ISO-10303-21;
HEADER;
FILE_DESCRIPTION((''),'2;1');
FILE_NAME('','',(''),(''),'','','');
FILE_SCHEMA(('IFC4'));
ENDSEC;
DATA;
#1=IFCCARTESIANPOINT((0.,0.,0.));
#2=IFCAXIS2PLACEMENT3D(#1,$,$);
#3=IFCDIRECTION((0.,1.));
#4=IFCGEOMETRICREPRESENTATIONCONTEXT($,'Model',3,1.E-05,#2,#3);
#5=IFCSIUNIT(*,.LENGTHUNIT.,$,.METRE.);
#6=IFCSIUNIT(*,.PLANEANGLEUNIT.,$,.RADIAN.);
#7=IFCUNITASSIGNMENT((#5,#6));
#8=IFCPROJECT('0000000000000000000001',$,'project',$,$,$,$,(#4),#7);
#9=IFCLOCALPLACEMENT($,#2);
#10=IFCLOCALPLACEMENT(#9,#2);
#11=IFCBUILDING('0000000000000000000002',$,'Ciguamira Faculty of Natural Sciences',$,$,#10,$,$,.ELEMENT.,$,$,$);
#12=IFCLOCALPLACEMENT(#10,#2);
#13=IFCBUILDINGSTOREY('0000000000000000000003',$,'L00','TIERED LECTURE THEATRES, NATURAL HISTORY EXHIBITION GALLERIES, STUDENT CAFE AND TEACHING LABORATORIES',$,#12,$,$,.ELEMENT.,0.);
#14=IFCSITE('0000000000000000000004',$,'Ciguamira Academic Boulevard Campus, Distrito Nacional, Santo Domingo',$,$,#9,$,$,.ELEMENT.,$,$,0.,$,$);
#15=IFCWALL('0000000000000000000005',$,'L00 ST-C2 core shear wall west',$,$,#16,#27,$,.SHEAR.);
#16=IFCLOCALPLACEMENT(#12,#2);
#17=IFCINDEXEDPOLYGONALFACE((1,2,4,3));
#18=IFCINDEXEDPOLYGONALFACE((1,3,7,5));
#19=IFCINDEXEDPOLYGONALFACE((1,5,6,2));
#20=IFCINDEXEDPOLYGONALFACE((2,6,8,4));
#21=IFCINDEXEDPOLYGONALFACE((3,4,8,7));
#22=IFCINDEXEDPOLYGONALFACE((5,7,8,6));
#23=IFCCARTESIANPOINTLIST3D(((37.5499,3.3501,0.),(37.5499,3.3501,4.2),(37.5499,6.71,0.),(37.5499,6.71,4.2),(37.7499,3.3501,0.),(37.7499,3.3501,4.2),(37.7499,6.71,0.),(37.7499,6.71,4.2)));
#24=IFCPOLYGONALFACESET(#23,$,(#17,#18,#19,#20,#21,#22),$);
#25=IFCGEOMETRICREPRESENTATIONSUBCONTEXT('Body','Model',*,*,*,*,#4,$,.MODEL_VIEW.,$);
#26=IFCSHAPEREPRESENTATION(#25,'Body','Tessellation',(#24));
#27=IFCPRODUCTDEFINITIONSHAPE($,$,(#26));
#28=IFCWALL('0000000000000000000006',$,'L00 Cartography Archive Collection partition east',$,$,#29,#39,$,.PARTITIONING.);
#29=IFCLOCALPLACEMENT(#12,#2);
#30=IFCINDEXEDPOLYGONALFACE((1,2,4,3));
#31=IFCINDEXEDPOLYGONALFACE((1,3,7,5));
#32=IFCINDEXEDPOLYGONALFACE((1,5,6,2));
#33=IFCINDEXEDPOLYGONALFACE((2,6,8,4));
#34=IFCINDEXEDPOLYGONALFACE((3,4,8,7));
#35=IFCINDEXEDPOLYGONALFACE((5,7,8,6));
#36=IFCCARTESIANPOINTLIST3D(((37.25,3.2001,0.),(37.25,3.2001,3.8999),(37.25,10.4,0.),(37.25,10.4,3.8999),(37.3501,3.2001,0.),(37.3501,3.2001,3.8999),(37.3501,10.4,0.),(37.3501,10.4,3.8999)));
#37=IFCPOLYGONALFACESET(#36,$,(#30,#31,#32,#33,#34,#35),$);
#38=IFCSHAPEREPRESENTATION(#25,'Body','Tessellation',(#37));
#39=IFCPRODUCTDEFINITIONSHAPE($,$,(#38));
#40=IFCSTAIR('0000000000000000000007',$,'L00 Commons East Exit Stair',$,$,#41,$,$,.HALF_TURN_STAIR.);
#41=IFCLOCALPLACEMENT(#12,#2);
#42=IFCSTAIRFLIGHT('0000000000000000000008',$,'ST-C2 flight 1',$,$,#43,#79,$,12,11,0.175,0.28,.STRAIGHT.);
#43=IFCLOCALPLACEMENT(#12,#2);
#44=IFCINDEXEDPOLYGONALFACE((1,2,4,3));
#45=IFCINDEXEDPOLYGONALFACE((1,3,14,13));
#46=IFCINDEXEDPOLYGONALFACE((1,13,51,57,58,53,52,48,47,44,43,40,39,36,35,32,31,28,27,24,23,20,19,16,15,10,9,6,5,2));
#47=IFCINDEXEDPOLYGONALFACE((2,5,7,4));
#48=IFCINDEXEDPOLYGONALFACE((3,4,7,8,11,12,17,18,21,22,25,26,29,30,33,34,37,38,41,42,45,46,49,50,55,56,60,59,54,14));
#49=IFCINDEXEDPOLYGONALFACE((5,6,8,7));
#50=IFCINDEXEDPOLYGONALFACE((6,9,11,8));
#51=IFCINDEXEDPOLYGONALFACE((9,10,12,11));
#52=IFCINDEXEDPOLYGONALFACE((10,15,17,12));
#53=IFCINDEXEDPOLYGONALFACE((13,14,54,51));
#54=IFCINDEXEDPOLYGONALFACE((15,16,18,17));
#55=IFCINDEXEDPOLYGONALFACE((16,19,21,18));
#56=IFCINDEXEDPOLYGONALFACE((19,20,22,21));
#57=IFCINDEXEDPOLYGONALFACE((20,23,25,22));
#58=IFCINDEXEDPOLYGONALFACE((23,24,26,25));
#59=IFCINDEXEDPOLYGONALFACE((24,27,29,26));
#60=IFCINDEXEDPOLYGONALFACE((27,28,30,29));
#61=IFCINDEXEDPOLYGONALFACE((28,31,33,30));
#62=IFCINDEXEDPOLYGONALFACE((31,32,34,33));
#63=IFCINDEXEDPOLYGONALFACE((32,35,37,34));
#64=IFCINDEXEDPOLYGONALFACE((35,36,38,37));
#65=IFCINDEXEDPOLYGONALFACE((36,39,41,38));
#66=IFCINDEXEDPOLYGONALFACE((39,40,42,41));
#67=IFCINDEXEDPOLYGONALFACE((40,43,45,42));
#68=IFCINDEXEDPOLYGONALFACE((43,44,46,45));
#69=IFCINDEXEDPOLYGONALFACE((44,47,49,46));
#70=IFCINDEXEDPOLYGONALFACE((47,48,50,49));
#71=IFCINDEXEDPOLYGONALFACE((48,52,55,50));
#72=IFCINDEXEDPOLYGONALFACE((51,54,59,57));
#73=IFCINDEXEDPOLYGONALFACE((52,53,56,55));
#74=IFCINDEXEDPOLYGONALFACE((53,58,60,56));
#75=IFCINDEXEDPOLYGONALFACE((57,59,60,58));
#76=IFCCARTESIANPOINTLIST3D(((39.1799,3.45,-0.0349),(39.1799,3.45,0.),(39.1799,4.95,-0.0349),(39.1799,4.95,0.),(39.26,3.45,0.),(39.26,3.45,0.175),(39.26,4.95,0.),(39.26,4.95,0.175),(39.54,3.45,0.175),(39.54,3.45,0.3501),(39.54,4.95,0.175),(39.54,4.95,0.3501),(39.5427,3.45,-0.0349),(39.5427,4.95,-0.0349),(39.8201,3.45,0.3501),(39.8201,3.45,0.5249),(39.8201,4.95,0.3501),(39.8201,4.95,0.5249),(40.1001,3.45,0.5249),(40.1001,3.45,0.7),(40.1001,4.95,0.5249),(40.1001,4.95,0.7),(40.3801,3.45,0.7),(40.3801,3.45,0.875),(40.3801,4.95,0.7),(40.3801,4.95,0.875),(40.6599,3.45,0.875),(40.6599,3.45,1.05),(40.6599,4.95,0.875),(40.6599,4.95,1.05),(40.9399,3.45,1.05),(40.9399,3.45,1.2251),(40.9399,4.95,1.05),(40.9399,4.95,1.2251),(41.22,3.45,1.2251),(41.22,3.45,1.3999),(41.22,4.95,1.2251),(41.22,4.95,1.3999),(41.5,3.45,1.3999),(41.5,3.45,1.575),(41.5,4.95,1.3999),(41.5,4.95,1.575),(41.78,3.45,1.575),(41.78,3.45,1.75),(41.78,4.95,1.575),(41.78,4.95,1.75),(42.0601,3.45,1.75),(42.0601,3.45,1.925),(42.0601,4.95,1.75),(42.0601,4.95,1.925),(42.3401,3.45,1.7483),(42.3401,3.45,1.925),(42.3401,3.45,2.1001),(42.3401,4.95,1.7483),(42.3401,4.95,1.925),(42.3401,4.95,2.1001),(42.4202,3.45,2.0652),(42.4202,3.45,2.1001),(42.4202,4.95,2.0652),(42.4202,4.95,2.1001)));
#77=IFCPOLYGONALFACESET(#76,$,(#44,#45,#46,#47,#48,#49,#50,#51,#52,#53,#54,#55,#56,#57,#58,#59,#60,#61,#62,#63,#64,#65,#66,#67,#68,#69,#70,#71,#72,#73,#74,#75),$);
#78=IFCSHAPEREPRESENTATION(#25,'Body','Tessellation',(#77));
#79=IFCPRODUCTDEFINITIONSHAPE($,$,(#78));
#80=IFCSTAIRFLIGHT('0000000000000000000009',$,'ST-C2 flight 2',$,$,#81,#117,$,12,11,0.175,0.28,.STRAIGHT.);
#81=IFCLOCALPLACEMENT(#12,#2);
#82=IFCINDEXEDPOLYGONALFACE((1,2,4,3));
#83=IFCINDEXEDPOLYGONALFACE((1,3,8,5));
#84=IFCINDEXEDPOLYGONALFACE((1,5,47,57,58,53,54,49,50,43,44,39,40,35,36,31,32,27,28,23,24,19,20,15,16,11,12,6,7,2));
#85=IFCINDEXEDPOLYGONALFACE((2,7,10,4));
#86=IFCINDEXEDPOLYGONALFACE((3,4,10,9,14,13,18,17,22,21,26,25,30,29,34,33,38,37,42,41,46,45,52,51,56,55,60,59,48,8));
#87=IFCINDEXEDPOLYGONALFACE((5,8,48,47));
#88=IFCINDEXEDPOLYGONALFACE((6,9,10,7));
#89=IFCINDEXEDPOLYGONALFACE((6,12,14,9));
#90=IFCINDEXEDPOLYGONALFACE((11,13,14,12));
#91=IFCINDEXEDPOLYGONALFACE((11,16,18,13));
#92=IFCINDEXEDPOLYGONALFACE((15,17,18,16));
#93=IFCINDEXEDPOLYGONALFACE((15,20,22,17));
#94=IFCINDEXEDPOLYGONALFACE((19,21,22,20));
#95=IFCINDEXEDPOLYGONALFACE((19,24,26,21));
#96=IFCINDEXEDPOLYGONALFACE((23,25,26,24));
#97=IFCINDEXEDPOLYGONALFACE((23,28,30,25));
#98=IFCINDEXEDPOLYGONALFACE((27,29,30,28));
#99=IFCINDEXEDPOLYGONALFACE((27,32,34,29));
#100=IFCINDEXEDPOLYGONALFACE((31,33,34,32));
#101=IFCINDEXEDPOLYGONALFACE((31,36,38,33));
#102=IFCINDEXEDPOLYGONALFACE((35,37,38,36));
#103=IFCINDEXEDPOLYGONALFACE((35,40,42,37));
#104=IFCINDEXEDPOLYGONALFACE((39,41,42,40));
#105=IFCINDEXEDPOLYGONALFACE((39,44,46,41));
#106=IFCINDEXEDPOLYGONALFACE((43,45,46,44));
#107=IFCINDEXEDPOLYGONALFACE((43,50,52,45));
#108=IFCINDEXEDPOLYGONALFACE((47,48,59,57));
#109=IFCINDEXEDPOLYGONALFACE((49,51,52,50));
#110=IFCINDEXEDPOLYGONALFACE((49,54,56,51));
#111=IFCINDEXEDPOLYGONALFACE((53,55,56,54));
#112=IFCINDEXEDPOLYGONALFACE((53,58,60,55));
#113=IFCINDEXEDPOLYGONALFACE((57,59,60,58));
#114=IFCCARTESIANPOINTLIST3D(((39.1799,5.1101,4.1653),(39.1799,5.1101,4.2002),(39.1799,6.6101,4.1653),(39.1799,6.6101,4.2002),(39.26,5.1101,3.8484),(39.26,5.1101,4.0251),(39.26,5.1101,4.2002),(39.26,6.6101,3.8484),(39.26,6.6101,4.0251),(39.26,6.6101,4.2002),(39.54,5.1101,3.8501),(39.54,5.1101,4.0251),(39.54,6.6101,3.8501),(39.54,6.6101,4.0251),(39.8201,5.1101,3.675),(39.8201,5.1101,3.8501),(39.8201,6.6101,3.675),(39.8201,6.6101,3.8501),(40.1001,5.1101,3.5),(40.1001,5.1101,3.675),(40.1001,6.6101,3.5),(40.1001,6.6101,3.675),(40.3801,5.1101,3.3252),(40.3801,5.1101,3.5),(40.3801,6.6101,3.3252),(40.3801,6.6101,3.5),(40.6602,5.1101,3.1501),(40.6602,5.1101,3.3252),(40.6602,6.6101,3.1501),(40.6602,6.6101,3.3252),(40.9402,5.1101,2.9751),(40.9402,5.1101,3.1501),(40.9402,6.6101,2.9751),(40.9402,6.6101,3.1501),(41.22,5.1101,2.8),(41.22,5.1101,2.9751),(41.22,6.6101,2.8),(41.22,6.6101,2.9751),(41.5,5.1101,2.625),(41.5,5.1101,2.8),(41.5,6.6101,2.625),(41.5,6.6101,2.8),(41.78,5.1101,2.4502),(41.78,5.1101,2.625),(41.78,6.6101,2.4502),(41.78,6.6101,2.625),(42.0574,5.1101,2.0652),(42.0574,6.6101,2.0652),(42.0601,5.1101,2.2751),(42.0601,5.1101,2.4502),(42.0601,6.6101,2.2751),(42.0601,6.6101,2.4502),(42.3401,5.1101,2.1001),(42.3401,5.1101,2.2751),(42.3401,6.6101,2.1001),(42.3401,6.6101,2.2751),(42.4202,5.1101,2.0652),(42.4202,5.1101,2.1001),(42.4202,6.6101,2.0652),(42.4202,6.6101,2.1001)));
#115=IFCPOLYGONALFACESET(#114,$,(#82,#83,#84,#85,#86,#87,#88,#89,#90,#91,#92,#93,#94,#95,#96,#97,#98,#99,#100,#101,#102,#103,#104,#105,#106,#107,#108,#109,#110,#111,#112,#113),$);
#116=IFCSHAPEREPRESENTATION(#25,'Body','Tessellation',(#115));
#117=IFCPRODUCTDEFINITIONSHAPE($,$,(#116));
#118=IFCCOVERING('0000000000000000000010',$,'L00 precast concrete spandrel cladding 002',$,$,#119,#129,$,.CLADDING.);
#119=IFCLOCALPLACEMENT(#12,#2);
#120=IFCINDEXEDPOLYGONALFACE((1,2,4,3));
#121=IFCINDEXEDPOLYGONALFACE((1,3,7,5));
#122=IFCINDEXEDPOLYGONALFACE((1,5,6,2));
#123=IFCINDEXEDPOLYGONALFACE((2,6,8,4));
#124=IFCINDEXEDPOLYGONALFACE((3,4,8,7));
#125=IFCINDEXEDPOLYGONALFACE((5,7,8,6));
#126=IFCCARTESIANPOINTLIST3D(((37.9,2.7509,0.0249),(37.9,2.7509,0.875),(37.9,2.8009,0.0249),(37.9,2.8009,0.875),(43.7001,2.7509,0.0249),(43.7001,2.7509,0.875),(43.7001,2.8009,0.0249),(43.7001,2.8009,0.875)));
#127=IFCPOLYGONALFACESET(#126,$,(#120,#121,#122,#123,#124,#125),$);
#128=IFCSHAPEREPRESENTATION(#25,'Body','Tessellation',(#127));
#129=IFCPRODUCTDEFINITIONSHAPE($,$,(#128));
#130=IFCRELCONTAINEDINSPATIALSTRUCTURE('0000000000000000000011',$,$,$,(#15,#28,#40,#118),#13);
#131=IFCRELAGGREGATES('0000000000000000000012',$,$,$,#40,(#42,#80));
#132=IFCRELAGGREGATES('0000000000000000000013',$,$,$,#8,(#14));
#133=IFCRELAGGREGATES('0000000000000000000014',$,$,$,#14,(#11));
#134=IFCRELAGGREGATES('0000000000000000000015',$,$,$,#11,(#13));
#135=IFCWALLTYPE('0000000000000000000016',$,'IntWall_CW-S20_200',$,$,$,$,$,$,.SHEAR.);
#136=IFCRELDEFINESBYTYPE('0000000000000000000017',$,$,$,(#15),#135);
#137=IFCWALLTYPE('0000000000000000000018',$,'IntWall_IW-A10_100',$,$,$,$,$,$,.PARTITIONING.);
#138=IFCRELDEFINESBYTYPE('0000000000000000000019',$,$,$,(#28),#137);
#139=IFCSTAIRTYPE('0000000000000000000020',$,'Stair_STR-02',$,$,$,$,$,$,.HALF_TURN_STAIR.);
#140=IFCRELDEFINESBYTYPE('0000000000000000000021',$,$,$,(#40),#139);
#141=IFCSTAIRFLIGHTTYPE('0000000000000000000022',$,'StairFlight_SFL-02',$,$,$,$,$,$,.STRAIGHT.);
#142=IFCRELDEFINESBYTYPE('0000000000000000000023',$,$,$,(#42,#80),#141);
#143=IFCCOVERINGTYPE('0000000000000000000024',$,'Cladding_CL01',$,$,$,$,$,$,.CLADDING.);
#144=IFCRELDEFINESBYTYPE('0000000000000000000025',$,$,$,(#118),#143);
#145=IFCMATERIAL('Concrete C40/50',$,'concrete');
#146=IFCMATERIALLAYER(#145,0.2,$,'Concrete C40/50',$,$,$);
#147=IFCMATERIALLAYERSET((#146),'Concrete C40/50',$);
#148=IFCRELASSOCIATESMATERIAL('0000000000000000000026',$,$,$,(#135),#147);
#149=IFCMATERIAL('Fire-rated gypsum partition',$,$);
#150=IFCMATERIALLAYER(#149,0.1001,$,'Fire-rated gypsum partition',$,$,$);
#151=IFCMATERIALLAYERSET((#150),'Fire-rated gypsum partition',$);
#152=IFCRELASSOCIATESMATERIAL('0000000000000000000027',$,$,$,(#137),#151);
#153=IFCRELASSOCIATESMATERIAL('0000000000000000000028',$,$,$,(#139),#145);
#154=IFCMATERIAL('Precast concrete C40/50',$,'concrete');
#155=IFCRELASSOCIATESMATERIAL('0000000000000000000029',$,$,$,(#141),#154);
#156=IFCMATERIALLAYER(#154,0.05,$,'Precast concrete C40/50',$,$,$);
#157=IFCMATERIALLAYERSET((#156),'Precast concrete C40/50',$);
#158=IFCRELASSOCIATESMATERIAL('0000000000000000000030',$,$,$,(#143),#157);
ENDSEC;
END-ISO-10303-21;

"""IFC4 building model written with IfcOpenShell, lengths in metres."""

from ifc_helpers import new_model, si_unit, direction, frame, frame_2d, origin, origin_2d, place, context, subcontext, project, spatial, polyline, rectangle, outline, extrude, material, layer, layer_set, type_object, element, aggregate, save


model = new_model("IFC4")

# Units and contexts
model_context = context("Model", 3, precision=1e-05, world=origin(), true_north=direction((0.0, 1.0)))
body_context = subcontext(model_context, "Body", "Model", "MODEL_VIEW")
ifc_project = project(units=[si_unit("LENGTHUNIT", "METRE"), si_unit("PLANEANGLEUNIT", "RADIAN")], contexts=[model_context])

# Site, building, storey
site_placement = place(None, origin())
site = spatial("IfcSite", under=ifc_project, at=site_placement, Name="Ciguamira Academic Boulevard Campus, Distrito Nacional, Santo Domingo", CompositionType="ELEMENT", RefElevation=0.0)
building_placement = place(site_placement, origin())
building = spatial("IfcBuilding", under=site, at=building_placement, Name="Ciguamira Faculty of Natural Sciences", CompositionType="ELEMENT")
storey_placement = place(building_placement, origin())
storey = spatial("IfcBuildingStorey", under=building, at=storey_placement, Name="L00", Description="TIERED LECTURE THEATRES, NATURAL HISTORY EXHIBITION GALLERIES, STUDENT CAFE AND TEACHING LABORATORIES", CompositionType="ELEMENT", Elevation=0.0)

# Shared definitions
ifc_material_1 = material(Name="Concrete C40/50", Category="concrete")

# Shared definitions
ifc_material_2 = material(Name="Precast concrete C40/50", Category="concrete")

# Walls
ifc_layer_1 = layer(ifc_material_1, 0.2, Name="Concrete C40/50")
ifc_layer_set_1 = layer_set([ifc_layer_1], Name="Concrete C40/50")
wall_type_1 = type_object("IfcWallType", Name="IntWall_CW-S20_200", PredefinedType="SHEAR", material=ifc_layer_set_1)
wall_1_placement = place(storey_placement, frame((37.6499, 3.3501, 0.0), z_axis=(0.0, 0.0, 1.0), x_axis=(0.0, 1.0, 0.0)))
element("IfcWall", 1, at=wall_1_placement, inside=storey, type_object=wall_type_1, Name="L00 ST-C2 core shear wall west", PredefinedType="SHEAR", context=body_context, shape_type="SweptSolid", body=[
    extrude(rectangle(XDim=3.3599, YDim=0.2, at=frame_2d((1.6799, 0.0))), origin(), (0.0, 0.0, 1.0), 4.2),
])
ifc_material_3 = material(Name="Fire-rated gypsum partition")
ifc_layer_2 = layer(ifc_material_3, 0.1001, Name="Fire-rated gypsum partition")
ifc_layer_set_2 = layer_set([ifc_layer_2], Name="Fire-rated gypsum partition")
wall_type_2 = type_object("IfcWallType", Name="IntWall_IW-A10_100", PredefinedType="PARTITIONING", material=ifc_layer_set_2)
wall_2_placement = place(storey_placement, frame((37.3, 3.2, 0.0), z_axis=(0.0, 0.0, 1.0), x_axis=(0.0, 1.0, 0.0)))
element("IfcWall", 2, at=wall_2_placement, inside=storey, type_object=wall_type_2, Name="L00 Cartography Archive Collection partition east", PredefinedType="PARTITIONING", context=body_context, shape_type="SweptSolid", body=[
    extrude(rectangle(XDim=7.2, YDim=0.1001, at=frame_2d((3.6001, 0.0))), origin(), (0.0, 0.0, 1.0), 3.8999),
])

# Stair, stair flights
stair_type = type_object("IfcStairType", Name="Stair_STR-02", PredefinedType="HALF_TURN_STAIR", material=ifc_material_1)
stair_placement = place(storey_placement, origin())
stair = element("IfcStair", 3, at=stair_placement, inside=storey, type_object=stair_type, Name="L00 Commons East Exit Stair", PredefinedType="HALF_TURN_STAIR")
stair_flight_type = type_object("IfcStairFlightType", Name="StairFlight_SFL-02", PredefinedType="STRAIGHT", material=ifc_material_2)
stair_flight_1_placement = place(storey_placement, frame((39.26, 4.2, 0.0), z_axis=(0.0, 0.0, 1.0), x_axis=(1.0, 0.0, 0.0)))
stair_flight_1 = element("IfcStairFlight", 4, at=stair_flight_1_placement, type_object=stair_flight_type, Name="ST-C2 flight 1", NumberOfRisers=12, NumberOfTreads=11, PredefinedType="STRAIGHT", RiserHeight=0.175, TreadLength=0.28, context=body_context, shape_type="SweptSolid", body=[
    extrude(outline(polyline([(-0.0801, -0.0349), (-0.0801, 0.0), (0.0, 0.0), (0.0, 0.175), (0.28, 0.175), (0.28, 0.3501), (0.5601, 0.3501), (0.5601, 0.5249), (0.8401, 0.5249), (0.8401, 0.7), (1.1201, 0.7), (1.1201, 0.875), (1.3999, 0.875), (1.3999, 1.05), (1.6799, 1.05), (1.6799, 1.2251), (1.96, 1.2251), (1.96, 1.3999), (2.24, 1.3999), (2.24, 1.575), (2.52, 1.575), (2.52, 1.75), (2.8, 1.75), (2.8, 1.925), (3.0801, 1.925), (3.0801, 2.1001), (3.1602, 2.1001), (3.1602, 2.0652), (3.0801, 1.7483), (0.2827, -0.0349), (-0.0801, -0.0349)])), frame((0.0, 0.75, 0.0), z_axis=(0.0, -1.0, 0.0), x_axis=(1.0, 0.0, 0.0)), (0.0, 0.0, 1.0), 1.5),
])
stair_flight_2_placement = place(storey_placement, frame((42.3401, 5.8601, 2.1001), z_axis=(0.0, 0.0, 1.0), x_axis=(-1.0, 0.0, 0.0)))
stair_flight_2 = element("IfcStairFlight", 5, at=stair_flight_2_placement, type_object=stair_flight_type, Name="ST-C2 flight 2", NumberOfRisers=12, NumberOfTreads=11, PredefinedType="STRAIGHT", RiserHeight=0.175, TreadLength=0.28, context=body_context, shape_type="SweptSolid", body=[
    extrude(outline(polyline([(-0.0801, -0.0349), (-0.0801, 0.0), (0.0, 0.0), (0.0, 0.175), (0.28, 0.175), (0.28, 0.3501), (0.5601, 0.3501), (0.5601, 0.5249), (0.8401, 0.5249), (0.8401, 0.7), (1.1201, 0.7), (1.1201, 0.875), (1.3999, 0.875), (1.3999, 1.05), (1.6799, 1.05), (1.6799, 1.2251), (1.96, 1.2251), (1.96, 1.3999), (2.24, 1.3999), (2.24, 1.575), (2.52, 1.575), (2.52, 1.75), (2.8, 1.75), (2.8, 1.925), (3.0801, 1.925), (3.0801, 2.1001), (3.1602, 2.1001), (3.1602, 2.0652), (3.0801, 1.7483), (0.2827, -0.0349), (-0.0801, -0.0349)])), frame((0.0, 0.75, 0.0), z_axis=(0.0, -1.0, 0.0), x_axis=(1.0, 0.0, 0.0)), (0.0, 0.0, 1.0), 1.5),
])
aggregate(stair, [stair_flight_1, stair_flight_2])

# Covering
ifc_layer_3 = layer(ifc_material_2, 0.05, Name="Precast concrete C40/50")
ifc_layer_set_3 = layer_set([ifc_layer_3], Name="Precast concrete C40/50")
covering_type = type_object("IfcCoveringType", Name="Cladding_CL01", PredefinedType="CLADDING", material=ifc_layer_set_3)
covering_placement = place(storey_placement, frame((40.8, 2.7759, 0.0249), z_axis=(0.0, 0.0, 1.0), x_axis=(1.0, 0.0, 0.0)))
element("IfcCovering", 6, at=covering_placement, inside=storey, type_object=covering_type, Name="L00 precast concrete spandrel cladding 002", PredefinedType="CLADDING", context=body_context, shape_type="SweptSolid", body=[
    extrude(rectangle(XDim=5.8, YDim=0.05, at=origin_2d()), origin(), (0.0, 0.0, 1.0), 0.8501),
])

save(model, "model.ifc")
